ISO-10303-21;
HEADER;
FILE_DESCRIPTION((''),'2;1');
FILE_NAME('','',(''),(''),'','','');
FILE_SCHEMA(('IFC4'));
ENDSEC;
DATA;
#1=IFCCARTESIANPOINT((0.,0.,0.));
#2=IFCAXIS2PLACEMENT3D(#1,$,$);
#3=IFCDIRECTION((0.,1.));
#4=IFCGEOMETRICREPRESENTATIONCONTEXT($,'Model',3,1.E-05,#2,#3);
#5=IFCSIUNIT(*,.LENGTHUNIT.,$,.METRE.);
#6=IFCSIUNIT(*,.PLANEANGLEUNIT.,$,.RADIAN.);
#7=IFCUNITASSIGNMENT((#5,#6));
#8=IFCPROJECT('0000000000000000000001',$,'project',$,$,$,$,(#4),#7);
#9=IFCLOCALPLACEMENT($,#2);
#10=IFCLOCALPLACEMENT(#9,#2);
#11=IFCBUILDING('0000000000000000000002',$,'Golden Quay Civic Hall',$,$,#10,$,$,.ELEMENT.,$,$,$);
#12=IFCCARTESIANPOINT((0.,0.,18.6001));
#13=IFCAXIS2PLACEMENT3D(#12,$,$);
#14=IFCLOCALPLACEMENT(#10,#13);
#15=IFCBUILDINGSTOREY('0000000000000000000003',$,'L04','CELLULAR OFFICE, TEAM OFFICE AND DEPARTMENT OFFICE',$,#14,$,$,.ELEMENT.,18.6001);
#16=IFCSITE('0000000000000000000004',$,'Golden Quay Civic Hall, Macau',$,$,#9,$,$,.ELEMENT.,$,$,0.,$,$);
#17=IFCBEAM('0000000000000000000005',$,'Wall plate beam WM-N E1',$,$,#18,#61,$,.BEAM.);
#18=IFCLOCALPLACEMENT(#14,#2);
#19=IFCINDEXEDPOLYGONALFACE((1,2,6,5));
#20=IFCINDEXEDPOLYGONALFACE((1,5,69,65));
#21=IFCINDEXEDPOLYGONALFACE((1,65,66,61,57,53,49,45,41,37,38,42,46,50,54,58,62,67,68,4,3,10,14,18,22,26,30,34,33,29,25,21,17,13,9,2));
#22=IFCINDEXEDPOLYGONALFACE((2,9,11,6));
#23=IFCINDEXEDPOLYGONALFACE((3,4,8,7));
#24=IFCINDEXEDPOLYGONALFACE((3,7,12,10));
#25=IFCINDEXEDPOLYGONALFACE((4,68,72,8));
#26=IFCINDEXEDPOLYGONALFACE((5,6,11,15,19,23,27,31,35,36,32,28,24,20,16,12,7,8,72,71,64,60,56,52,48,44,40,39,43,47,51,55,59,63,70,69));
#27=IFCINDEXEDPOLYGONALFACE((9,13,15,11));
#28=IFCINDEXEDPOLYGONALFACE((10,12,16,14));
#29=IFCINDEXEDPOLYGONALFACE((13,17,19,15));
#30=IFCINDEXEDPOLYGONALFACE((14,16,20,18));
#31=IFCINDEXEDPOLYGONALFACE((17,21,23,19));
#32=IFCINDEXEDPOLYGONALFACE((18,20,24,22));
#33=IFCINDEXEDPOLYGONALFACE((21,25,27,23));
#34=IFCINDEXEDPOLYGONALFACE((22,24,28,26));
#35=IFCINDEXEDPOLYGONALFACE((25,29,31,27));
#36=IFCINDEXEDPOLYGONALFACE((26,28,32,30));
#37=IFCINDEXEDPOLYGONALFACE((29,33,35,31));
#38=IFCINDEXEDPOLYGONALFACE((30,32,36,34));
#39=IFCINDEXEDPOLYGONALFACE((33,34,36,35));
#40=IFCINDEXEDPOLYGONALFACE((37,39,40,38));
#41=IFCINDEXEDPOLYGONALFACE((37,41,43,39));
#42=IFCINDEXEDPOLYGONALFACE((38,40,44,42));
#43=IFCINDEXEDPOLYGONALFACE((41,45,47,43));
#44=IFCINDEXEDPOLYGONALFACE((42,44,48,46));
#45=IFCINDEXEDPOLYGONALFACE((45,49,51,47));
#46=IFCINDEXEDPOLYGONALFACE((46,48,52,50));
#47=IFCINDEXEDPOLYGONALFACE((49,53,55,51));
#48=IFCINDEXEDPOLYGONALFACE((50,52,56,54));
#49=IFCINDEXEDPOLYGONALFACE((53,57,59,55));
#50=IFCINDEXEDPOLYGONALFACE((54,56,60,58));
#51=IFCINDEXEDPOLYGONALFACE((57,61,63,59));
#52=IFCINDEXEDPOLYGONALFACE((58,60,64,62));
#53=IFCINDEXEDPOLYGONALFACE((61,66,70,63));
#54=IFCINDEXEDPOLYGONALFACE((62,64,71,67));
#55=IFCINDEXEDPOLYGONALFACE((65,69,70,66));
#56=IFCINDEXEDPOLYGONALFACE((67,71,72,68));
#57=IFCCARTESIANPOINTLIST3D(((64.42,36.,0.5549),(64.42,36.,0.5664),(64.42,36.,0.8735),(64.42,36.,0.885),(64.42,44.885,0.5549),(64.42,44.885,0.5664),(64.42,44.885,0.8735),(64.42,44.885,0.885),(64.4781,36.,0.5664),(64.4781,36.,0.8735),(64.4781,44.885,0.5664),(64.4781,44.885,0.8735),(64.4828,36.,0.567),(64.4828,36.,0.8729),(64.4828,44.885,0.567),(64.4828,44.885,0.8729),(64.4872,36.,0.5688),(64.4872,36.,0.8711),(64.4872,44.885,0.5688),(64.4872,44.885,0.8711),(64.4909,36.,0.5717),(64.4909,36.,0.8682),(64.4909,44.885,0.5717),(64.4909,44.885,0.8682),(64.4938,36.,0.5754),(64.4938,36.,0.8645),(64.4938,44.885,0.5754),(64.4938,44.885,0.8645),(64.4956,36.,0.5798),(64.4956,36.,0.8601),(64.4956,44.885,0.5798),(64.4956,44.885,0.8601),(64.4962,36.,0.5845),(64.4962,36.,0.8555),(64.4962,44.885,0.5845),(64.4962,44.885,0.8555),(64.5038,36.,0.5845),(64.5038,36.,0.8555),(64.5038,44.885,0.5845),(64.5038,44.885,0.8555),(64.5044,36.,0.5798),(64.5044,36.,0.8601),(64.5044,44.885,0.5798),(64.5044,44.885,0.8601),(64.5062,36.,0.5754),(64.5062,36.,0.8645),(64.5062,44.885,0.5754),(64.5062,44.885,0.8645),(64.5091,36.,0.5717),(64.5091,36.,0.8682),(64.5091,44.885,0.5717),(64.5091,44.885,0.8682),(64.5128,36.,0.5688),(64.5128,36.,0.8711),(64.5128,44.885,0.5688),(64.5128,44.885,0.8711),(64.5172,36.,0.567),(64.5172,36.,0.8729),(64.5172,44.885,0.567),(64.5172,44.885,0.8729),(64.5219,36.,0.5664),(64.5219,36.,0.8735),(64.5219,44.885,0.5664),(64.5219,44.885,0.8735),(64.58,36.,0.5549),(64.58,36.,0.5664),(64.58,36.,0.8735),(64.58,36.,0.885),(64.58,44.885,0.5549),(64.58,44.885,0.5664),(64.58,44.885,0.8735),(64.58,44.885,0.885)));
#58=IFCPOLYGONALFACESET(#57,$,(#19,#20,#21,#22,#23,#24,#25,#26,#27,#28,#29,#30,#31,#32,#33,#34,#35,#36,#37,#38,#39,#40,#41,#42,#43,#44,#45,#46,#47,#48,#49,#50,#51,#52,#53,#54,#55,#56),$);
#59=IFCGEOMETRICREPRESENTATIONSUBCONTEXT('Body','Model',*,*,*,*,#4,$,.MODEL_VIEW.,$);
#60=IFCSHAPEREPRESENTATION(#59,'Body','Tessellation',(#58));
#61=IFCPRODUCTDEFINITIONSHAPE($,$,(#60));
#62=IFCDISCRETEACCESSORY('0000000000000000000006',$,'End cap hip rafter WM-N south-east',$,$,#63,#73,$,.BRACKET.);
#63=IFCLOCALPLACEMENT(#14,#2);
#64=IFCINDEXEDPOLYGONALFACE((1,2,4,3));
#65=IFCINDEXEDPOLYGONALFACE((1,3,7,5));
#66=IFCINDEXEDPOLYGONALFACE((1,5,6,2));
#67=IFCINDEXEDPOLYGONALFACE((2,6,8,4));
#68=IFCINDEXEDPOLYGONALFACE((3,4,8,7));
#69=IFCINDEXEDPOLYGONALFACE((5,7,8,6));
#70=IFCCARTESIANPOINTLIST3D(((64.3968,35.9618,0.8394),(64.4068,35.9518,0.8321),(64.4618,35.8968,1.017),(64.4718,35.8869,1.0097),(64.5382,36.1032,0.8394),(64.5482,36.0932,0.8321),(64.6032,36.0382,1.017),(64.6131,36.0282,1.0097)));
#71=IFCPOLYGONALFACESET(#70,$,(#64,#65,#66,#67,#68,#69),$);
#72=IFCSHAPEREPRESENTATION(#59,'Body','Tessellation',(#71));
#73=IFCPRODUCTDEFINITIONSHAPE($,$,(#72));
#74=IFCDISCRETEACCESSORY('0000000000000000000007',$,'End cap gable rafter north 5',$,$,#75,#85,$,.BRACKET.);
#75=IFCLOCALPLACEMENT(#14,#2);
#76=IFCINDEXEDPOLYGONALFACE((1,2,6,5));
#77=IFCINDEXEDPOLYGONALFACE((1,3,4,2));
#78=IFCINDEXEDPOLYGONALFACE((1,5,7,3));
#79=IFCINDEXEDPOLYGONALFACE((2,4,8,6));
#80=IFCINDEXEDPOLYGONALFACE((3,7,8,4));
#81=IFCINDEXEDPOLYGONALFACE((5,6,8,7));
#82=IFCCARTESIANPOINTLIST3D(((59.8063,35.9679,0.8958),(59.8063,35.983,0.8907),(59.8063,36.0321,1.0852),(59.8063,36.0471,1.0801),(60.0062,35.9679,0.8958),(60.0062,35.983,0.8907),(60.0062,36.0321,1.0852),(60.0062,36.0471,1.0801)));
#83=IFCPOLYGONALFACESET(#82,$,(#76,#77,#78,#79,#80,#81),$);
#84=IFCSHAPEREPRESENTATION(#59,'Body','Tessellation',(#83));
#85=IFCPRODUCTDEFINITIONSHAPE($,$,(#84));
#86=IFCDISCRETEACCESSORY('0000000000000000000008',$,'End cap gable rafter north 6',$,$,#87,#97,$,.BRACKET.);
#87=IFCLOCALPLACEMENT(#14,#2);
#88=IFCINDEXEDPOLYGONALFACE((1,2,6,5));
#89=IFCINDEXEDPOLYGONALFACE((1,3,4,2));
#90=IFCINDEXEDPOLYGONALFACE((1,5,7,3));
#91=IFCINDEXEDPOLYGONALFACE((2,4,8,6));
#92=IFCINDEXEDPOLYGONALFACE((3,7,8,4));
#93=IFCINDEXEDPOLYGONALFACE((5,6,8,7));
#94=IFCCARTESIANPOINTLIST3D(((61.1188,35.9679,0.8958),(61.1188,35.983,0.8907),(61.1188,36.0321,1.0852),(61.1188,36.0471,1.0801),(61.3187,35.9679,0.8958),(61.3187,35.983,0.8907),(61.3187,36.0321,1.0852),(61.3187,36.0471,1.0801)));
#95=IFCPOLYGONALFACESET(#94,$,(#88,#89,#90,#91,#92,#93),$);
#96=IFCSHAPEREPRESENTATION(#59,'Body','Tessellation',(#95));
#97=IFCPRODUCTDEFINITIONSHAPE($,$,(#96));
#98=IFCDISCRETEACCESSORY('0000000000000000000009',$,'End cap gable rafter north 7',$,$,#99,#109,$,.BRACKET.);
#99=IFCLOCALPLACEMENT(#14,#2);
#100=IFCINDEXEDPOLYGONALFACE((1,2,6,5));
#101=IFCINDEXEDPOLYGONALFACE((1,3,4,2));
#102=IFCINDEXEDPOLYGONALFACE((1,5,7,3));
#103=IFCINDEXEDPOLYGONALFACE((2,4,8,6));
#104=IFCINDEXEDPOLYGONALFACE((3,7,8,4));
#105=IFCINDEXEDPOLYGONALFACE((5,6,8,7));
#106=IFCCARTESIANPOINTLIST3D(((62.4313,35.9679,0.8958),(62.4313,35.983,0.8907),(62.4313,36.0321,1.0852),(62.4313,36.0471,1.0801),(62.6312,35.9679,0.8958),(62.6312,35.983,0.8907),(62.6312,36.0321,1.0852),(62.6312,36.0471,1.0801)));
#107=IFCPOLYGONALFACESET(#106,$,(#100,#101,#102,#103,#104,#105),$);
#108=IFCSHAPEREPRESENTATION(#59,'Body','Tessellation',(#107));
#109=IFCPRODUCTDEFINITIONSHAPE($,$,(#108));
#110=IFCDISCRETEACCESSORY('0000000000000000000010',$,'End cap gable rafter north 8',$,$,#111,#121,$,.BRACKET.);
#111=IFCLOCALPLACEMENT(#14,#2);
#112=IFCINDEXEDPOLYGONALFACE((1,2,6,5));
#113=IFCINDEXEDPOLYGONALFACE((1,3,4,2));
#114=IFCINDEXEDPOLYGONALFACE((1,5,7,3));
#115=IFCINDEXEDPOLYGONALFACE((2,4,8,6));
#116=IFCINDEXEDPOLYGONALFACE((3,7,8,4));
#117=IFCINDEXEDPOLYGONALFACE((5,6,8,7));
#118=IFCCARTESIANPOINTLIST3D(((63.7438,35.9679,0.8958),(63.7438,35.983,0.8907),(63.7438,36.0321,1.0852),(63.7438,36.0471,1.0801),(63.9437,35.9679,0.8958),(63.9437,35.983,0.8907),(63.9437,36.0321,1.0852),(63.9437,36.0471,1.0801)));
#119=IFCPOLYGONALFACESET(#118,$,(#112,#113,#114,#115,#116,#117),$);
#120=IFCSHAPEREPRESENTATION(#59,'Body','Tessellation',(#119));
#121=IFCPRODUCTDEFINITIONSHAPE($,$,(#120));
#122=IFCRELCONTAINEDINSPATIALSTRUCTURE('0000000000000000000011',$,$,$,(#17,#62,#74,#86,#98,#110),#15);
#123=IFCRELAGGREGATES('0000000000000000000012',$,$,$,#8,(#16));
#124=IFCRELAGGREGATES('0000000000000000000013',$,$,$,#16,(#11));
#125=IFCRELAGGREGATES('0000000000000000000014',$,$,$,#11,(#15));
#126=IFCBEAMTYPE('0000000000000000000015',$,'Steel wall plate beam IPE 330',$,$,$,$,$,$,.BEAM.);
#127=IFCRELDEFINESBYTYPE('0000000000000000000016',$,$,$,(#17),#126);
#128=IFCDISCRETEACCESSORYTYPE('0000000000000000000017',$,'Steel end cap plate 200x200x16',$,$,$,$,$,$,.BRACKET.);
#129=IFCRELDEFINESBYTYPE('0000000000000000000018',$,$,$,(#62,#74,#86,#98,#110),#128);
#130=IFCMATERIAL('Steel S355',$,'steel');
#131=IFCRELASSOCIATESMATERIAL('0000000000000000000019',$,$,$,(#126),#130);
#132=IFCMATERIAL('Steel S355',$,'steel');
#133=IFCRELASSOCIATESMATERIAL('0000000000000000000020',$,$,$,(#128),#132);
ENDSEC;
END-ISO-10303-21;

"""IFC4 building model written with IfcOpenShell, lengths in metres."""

from ifc_helpers import new_model, si_unit, direction, frame, origin, origin_2d, place, context, subcontext, project, spatial, rectangle, i_section, extrude, material, material_profile, profile_set, type_object, element, save


model = new_model("IFC4")

# Units and contexts
model_context = context("Model", 3, precision=1e-05, world=origin(), true_north=direction((0.0, 1.0)))
body_context = subcontext(model_context, "Body", "Model", "MODEL_VIEW")
ifc_project = project(units=[si_unit("LENGTHUNIT", "METRE"), si_unit("PLANEANGLEUNIT", "RADIAN")], contexts=[model_context])

# Site, building, storey
site_placement = place(None, origin())
site = spatial("IfcSite", under=ifc_project, at=site_placement, Name="Golden Quay Civic Hall, Macau", CompositionType="ELEMENT", RefElevation=0.0)
building_placement = place(site_placement, origin())
building = spatial("IfcBuilding", under=site, at=building_placement, Name="Golden Quay Civic Hall", CompositionType="ELEMENT")
storey_placement = place(building_placement, frame((0.0, 0.0, 18.6001)))
storey = spatial("IfcBuildingStorey", under=building, at=storey_placement, Name="L04", Description="CELLULAR OFFICE, TEAM OFFICE AND DEPARTMENT OFFICE", CompositionType="ELEMENT", Elevation=18.6001)

# Beam
ifc_material_1 = material(Name="Steel S355", Category="steel")
ifc_material_profile_1 = material_profile(ifc_material_1, i_section(OverallWidth=0.1599, OverallDepth=0.3301, WebThickness=0.0076, FlangeThickness=0.0115, FilletRadius=0.0181, at=origin_2d()), Name="IPE 330")
ifc_profile_set_1 = profile_set([ifc_material_profile_1], Name="Steel S355")
beam_type_1 = type_object("IfcBeamType", Name="Steel wall plate beam IPE 330", PredefinedType="BEAM", material=ifc_profile_set_1)
beam_1_placement = place(storey_placement, frame((64.5, 36.0, 0.72), z_axis=(0.0, 1.0, 0.0), x_axis=(-1.0, 0.0, 0.0)))
element("IfcBeam", 1, at=beam_1_placement, inside=storey, type_object=beam_type_1, Name="Wall plate beam WM-N E1", PredefinedType="BEAM", context=body_context, shape_type="SweptSolid", body=[
    extrude(i_section(OverallWidth=0.1599, OverallDepth=0.3301, WebThickness=0.0076, FlangeThickness=0.0115, FilletRadius=0.0181, at=origin_2d()), origin(), (0.0, 0.0, 1.0), 8.885),
])

# Discrete accessories
ifc_material_2 = material(Name="Steel S355", Category="steel")
ifc_material_profile_2 = material_profile(ifc_material_2, rectangle(XDim=0.2, YDim=0.2, at=origin_2d()), Name="Steel end cap plate 200x200x16")
ifc_profile_set_2 = profile_set([ifc_material_profile_2], Name="Steel S355")
discrete_accessory_type = type_object("IfcDiscreteAccessoryType", Name="Steel end cap plate 200x200x16", PredefinedType="BRACKET", material=ifc_profile_set_2)
for number, where, z_axis, x_axis, name in (
    (2, (64.5, 36.0, 0.9282), (0.628025, -0.628025, -0.459531), (0.707107, 0.707107, 0.0), "End cap hip rafter WM-N south-east"),
    (3, (59.9062, 36.0, 0.9905), (0.0, 0.947145, -0.320807), (-1.0, 0.0, 0.0), "End cap gable rafter north 5"),
    (4, (61.2188, 36.0, 0.9905), (0.0, 0.947145, -0.320807), (-1.0, 0.0, 0.0), "End cap gable rafter north 6"),
    (5, (62.5312, 36.0, 0.9905), (0.0, 0.947145, -0.320807), (-1.0, 0.0, 0.0), "End cap gable rafter north 7"),
    (6, (63.8438, 36.0, 0.9905), (0.0, 0.947145, -0.320807), (-1.0, 0.0, 0.0), "End cap gable rafter north 8"),
):
    element("IfcDiscreteAccessory", number, at=place(storey_placement, frame(where, z_axis=z_axis, x_axis=x_axis)), inside=storey, type_object=discrete_accessory_type, Name=name, PredefinedType="BRACKET", context=body_context, shape_type="SweptSolid", body=[
        extrude(rectangle(XDim=0.2, YDim=0.2, at=origin_2d()), origin(), (0.0, 0.0, 1.0), 0.0159),
    ])

save(model, "model.ifc")
